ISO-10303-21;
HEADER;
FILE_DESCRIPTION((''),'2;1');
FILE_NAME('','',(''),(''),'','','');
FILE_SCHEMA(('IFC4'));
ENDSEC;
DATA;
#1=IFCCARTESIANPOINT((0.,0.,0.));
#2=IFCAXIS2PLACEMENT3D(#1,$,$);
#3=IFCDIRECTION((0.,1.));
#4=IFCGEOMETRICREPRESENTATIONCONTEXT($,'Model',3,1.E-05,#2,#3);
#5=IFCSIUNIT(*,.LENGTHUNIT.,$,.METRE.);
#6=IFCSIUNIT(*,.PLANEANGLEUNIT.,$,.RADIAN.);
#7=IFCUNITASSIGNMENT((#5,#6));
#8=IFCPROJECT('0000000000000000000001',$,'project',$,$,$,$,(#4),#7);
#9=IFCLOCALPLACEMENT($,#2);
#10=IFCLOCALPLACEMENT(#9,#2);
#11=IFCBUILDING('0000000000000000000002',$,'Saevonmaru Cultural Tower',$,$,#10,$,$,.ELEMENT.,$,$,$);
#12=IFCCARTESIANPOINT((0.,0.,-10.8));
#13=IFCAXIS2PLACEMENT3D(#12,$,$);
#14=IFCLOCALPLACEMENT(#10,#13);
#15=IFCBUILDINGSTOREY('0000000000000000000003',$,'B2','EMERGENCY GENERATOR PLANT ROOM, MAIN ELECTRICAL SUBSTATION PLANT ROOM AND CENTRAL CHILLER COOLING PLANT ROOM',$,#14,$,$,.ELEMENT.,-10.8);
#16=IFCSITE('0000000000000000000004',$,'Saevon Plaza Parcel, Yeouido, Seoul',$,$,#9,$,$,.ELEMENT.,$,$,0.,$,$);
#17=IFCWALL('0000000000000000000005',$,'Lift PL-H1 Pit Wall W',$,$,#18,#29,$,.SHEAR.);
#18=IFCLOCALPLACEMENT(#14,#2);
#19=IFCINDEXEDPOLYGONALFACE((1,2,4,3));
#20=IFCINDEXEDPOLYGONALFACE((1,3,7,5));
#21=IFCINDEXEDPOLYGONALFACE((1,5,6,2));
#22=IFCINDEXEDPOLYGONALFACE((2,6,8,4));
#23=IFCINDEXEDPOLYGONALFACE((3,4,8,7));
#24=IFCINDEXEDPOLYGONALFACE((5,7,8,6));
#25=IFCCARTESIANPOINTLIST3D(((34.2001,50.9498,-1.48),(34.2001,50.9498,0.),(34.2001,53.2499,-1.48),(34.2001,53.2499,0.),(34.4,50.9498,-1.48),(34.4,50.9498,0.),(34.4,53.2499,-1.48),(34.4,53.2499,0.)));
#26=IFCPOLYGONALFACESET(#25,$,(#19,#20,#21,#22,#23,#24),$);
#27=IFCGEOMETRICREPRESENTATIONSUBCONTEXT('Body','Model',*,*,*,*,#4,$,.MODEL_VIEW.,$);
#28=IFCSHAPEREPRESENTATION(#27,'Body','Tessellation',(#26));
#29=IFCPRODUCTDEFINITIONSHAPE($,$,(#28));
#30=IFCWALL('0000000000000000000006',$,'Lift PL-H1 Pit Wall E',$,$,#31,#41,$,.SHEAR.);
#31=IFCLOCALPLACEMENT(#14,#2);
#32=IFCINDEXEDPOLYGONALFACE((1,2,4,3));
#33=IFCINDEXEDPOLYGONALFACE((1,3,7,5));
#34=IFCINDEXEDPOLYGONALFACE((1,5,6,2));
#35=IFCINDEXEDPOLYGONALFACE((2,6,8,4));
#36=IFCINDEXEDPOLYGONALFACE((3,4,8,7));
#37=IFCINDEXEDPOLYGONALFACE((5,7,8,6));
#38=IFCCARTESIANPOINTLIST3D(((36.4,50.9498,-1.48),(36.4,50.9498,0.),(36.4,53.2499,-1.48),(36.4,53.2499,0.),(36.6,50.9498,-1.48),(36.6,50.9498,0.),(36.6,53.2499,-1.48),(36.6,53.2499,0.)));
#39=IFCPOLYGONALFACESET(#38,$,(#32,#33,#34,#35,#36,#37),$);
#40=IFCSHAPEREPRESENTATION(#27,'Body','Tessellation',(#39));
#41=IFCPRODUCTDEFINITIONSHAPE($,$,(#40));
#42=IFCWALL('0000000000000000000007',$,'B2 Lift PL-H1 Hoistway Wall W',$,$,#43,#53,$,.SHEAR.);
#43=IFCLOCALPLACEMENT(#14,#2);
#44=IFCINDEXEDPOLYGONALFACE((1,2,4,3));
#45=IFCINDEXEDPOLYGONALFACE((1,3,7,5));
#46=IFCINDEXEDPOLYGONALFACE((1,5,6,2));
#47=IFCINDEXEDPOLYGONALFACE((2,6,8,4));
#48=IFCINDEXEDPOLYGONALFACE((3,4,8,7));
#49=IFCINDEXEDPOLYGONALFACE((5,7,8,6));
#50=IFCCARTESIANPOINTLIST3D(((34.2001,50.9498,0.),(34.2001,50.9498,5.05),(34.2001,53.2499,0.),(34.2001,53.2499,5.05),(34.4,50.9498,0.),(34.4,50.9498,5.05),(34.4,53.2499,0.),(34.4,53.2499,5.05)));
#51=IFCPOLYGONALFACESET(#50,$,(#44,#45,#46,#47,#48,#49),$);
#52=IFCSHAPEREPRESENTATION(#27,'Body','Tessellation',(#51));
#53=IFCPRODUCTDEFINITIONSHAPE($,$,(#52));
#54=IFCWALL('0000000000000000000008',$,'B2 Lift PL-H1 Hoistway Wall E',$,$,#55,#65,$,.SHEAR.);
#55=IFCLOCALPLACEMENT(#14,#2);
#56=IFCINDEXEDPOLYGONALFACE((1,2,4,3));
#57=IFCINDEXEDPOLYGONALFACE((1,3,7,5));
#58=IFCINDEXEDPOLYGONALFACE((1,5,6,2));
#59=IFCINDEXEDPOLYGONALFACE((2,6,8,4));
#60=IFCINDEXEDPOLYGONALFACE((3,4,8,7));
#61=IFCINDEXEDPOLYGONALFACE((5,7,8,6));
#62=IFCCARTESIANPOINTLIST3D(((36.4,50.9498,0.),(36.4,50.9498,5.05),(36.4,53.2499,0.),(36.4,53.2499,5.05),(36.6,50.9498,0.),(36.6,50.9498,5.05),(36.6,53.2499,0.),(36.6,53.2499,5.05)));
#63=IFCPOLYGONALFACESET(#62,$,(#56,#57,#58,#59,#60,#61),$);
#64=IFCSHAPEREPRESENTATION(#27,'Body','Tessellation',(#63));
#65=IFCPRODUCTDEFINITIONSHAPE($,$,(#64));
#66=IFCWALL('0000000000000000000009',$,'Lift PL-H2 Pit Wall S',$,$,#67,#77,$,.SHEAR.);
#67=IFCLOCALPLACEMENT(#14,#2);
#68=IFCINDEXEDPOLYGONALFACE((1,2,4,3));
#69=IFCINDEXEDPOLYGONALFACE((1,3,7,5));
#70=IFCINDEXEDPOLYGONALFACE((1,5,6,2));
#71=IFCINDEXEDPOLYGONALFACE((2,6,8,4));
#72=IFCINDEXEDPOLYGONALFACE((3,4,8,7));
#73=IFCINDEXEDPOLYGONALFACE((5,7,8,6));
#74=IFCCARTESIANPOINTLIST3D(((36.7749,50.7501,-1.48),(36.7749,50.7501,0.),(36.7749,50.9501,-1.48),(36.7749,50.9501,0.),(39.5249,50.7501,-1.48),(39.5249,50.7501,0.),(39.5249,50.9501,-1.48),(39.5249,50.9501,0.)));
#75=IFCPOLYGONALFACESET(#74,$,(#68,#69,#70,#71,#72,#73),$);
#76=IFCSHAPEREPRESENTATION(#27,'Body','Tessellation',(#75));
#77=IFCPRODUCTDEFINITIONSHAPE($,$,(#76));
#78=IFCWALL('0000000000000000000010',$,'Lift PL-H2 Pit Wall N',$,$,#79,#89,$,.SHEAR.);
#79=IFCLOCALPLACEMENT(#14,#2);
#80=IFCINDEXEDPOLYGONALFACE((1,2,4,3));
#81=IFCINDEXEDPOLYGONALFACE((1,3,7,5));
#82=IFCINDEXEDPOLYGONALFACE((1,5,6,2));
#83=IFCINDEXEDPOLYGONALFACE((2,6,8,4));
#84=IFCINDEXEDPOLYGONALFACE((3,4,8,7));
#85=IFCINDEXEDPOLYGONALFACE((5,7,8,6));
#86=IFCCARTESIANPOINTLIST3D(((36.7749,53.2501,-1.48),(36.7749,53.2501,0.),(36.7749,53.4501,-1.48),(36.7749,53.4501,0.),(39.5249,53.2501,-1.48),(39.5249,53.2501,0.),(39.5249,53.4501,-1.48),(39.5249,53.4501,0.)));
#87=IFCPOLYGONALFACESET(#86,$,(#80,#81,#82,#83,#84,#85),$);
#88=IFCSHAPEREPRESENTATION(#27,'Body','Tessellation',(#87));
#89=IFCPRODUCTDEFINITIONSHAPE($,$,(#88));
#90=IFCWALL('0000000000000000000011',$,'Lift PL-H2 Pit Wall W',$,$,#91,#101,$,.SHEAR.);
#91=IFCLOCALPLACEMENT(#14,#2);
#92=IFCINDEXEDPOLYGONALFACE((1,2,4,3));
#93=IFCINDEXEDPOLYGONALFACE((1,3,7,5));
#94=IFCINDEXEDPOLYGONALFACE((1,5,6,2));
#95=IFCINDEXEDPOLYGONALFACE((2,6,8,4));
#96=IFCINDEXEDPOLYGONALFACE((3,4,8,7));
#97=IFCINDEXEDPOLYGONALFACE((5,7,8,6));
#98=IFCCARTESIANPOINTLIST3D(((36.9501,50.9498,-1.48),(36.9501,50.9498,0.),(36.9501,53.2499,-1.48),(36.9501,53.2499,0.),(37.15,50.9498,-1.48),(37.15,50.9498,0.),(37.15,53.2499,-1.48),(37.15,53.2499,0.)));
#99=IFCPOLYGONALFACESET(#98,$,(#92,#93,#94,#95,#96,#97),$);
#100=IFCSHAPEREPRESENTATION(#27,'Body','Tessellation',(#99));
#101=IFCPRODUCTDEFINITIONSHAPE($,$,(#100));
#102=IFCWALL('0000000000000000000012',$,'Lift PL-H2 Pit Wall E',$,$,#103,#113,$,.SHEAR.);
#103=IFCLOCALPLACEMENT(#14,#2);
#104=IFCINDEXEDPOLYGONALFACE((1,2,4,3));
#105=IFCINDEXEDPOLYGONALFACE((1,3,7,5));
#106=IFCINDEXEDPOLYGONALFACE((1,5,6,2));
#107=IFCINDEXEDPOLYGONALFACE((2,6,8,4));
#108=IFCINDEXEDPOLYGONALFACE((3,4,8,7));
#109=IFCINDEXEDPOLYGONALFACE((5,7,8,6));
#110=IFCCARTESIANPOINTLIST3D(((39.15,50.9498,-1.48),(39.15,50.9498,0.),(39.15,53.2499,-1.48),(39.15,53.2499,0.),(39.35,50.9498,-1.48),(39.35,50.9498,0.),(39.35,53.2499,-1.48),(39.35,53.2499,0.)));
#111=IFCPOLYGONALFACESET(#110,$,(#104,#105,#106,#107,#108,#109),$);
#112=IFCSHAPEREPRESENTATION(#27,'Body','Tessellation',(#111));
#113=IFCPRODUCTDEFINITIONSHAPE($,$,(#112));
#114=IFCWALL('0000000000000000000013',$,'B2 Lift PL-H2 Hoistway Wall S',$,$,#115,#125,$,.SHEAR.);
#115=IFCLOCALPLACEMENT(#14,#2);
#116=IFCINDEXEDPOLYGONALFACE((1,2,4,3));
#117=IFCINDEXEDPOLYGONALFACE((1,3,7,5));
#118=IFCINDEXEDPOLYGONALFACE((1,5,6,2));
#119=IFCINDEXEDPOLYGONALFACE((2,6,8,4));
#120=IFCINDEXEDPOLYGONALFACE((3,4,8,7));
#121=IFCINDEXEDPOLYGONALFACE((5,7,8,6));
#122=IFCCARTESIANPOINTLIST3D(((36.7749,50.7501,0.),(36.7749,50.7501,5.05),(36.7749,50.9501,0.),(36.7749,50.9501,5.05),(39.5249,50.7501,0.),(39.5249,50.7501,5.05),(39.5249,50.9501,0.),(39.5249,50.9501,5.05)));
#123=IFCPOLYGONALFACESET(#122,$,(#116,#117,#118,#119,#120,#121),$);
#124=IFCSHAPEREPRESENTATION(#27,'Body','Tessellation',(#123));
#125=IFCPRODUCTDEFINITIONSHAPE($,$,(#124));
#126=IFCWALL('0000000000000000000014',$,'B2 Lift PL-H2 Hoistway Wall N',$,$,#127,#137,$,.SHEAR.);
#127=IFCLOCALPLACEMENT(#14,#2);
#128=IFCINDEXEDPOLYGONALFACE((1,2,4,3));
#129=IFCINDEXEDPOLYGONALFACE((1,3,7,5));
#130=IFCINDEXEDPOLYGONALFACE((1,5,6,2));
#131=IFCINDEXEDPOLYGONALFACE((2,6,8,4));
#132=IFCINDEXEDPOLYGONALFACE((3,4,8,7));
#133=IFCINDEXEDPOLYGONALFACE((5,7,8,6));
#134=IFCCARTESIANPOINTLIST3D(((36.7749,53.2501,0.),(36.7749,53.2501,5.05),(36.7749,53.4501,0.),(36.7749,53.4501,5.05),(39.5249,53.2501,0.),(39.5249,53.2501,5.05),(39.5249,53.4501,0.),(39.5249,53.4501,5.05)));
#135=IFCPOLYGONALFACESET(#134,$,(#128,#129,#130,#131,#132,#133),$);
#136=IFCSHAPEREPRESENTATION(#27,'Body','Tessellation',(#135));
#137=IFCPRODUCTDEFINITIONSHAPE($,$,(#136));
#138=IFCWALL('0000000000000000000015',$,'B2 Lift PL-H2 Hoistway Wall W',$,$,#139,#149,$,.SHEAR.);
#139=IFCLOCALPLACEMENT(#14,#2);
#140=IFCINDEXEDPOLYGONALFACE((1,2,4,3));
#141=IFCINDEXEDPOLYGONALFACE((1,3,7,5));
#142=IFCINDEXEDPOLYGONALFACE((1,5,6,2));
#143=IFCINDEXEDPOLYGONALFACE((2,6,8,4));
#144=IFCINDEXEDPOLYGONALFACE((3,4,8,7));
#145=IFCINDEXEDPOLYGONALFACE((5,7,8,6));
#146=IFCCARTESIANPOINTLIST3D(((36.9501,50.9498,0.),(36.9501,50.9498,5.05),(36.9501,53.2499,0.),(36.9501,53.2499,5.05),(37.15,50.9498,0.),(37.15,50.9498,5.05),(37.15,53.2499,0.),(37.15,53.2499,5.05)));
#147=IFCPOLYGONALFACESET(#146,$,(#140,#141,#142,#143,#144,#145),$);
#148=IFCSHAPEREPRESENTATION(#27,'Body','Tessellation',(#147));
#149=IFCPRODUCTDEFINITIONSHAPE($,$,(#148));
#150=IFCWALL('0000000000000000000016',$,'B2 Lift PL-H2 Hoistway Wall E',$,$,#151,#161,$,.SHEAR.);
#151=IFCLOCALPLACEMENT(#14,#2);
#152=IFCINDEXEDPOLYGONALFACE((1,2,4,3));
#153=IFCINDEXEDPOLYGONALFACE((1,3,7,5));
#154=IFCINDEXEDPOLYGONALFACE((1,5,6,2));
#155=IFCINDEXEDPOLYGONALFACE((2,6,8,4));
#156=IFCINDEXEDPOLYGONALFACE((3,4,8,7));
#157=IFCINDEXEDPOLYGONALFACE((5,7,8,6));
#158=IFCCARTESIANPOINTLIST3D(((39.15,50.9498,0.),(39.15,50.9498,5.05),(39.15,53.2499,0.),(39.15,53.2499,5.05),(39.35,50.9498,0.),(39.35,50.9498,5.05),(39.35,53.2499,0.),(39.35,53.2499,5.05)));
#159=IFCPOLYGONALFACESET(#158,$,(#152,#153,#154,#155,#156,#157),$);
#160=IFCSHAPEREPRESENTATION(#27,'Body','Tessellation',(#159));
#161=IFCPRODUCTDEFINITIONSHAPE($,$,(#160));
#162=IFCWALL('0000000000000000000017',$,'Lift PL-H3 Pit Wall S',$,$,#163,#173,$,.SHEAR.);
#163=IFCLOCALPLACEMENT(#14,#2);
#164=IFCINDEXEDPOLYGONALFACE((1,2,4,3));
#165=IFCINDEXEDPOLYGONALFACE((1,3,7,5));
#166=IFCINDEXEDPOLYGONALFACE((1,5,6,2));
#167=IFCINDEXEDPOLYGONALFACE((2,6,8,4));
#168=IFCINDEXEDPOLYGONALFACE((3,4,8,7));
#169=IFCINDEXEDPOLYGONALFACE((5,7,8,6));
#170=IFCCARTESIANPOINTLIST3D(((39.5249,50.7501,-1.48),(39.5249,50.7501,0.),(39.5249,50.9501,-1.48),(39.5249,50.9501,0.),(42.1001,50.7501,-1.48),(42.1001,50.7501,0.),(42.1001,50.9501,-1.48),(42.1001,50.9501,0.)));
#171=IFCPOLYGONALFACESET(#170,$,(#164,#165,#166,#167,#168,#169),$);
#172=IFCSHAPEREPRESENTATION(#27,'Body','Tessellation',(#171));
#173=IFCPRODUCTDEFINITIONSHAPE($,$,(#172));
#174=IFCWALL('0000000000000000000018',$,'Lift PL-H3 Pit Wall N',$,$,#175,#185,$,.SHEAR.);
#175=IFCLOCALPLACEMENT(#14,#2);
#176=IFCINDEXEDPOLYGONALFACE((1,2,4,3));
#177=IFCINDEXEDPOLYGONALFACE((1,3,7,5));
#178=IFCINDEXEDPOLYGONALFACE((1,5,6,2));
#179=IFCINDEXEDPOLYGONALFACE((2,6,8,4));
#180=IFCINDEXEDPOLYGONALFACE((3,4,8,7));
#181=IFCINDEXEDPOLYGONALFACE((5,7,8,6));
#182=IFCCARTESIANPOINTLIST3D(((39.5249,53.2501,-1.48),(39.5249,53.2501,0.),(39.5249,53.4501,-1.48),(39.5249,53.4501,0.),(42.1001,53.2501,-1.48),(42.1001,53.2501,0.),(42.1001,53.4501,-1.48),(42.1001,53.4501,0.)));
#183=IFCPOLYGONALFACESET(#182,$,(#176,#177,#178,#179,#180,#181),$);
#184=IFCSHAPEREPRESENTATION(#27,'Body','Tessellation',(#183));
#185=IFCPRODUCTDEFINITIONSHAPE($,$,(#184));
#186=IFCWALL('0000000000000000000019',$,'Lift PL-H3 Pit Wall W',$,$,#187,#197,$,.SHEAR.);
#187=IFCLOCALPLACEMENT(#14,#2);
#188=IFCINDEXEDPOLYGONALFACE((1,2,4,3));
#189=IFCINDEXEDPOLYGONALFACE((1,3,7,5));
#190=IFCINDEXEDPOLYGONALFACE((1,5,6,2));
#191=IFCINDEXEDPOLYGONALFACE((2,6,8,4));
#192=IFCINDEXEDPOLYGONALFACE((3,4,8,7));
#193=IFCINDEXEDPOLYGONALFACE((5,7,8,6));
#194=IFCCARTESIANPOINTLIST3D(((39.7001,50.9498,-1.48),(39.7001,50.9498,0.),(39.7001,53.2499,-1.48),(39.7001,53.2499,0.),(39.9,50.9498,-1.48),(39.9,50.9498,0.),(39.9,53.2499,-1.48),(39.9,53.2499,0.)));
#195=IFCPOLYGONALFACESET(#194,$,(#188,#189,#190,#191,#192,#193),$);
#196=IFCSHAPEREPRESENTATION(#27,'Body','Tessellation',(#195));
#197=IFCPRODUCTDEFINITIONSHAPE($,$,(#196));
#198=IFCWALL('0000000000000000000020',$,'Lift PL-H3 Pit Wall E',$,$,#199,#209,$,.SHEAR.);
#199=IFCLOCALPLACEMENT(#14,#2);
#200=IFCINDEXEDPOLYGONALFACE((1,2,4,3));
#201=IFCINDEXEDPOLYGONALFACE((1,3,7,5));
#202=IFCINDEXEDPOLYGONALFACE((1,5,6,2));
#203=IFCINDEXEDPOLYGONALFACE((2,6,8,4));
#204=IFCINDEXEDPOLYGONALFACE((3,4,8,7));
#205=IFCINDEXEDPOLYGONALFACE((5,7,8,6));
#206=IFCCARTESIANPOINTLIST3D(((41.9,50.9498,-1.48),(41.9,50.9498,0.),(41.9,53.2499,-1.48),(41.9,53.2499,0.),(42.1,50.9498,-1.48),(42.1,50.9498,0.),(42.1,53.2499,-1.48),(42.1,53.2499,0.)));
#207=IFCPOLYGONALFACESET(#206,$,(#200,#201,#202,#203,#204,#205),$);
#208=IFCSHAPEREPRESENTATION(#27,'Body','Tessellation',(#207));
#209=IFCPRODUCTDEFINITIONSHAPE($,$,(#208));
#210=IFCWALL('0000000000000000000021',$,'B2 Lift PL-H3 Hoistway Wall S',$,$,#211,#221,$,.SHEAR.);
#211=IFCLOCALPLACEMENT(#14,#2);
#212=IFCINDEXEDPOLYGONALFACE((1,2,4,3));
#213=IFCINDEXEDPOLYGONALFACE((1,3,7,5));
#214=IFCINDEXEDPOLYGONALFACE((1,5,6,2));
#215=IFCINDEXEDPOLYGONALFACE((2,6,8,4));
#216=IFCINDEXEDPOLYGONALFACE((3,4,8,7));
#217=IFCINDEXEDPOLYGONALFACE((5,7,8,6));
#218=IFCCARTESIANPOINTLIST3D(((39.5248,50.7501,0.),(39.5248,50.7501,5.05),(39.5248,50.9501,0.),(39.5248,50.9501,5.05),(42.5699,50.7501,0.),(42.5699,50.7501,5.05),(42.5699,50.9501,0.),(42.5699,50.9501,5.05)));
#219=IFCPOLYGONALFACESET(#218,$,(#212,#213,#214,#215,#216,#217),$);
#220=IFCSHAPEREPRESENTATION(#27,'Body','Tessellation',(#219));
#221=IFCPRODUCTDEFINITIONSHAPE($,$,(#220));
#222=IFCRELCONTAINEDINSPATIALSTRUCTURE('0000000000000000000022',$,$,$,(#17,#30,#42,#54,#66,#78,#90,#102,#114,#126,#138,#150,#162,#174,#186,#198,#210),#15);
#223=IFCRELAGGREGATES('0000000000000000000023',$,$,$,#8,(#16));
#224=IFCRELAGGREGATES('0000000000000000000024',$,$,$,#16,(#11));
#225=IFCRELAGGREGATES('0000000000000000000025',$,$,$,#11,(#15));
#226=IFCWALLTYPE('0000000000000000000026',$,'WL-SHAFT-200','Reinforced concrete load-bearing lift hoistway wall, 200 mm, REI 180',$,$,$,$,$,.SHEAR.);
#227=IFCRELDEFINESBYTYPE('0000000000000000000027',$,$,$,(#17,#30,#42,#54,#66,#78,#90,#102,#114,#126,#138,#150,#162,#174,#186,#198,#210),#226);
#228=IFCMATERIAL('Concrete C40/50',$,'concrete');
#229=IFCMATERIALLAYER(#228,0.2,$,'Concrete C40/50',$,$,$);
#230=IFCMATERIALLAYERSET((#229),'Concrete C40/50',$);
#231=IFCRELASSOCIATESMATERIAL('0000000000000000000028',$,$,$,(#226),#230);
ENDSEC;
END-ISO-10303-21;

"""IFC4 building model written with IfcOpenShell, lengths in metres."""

from ifc_helpers import new_model, si_unit, direction, frame, frame_2d, origin, place, context, subcontext, project, spatial, rectangle, extrude, material, layer, layer_set, type_object, element, save


model = new_model("IFC4")

# Units and contexts
model_context = context("Model", 3, precision=1e-05, world=origin(), true_north=direction((0.0, 1.0)))
body_context = subcontext(model_context, "Body", "Model", "MODEL_VIEW")
ifc_project = project(units=[si_unit("LENGTHUNIT", "METRE"), si_unit("PLANEANGLEUNIT", "RADIAN")], contexts=[model_context])

# Site, building, storey
site_placement = place(None, origin())
site = spatial("IfcSite", under=ifc_project, at=site_placement, Name="Saevon Plaza Parcel, Yeouido, Seoul", CompositionType="ELEMENT", RefElevation=0.0)
building_placement = place(site_placement, origin())
building = spatial("IfcBuilding", under=site, at=building_placement, Name="Saevonmaru Cultural Tower", CompositionType="ELEMENT")
storey_placement = place(building_placement, frame((0.0, 0.0, -10.8)))
storey = spatial("IfcBuildingStorey", under=building, at=storey_placement, Name="B2", Description="EMERGENCY GENERATOR PLANT ROOM, MAIN ELECTRICAL SUBSTATION PLANT ROOM AND CENTRAL CHILLER COOLING PLANT ROOM", CompositionType="ELEMENT", Elevation=-10.8)

# Walls
ifc_material_1 = material(Name="Concrete C40/50", Category="concrete")
ifc_layer_1 = layer(ifc_material_1, 0.2, Name="Concrete C40/50")
ifc_layer_set_1 = layer_set([ifc_layer_1], Name="Concrete C40/50")
wall_type_1 = type_object("IfcWallType", Name="WL-SHAFT-200", Description="Reinforced concrete load-bearing lift hoistway wall, 200 mm, REI 180", PredefinedType="SHEAR", material=ifc_layer_set_1)
for number, where, z_axis, x_axis, name in (
    (1, (34.3, 50.95, -1.48), (0.0, 0.0, 1.0), (0.0, 1.0, 0.0), "Lift PL-H1 Pit Wall W"),
    (2, (36.5, 50.95, -1.48), (0.0, 0.0, 1.0), (0.0, 1.0, 0.0), "Lift PL-H1 Pit Wall E"),
):
    element("IfcWall", number, at=place(storey_placement, frame(where, z_axis=z_axis, x_axis=x_axis)), inside=storey, type_object=wall_type_1, Name=name, PredefinedType="SHEAR", context=body_context, shape_type="SweptSolid", body=[
        extrude(rectangle(XDim=2.3, YDim=0.2, at=frame_2d((1.1499, 0.0))), origin(), (0.0, 0.0, 1.0), 1.48),
    ])
for number, where, z_axis, x_axis, name in (
    (3, (34.3, 50.95, 0.0), (0.0, 0.0, 1.0), (0.0, 1.0, 0.0), "B2 Lift PL-H1 Hoistway Wall W"),
    (4, (36.5, 50.95, 0.0), (0.0, 0.0, 1.0), (0.0, 1.0, 0.0), "B2 Lift PL-H1 Hoistway Wall E"),
):
    element("IfcWall", number, at=place(storey_placement, frame(where, z_axis=z_axis, x_axis=x_axis)), inside=storey, type_object=wall_type_1, Name=name, PredefinedType="SHEAR", context=body_context, shape_type="SweptSolid", body=[
        extrude(rectangle(XDim=2.3, YDim=0.2, at=frame_2d((1.1499, 0.0))), origin(), (0.0, 0.0, 1.0), 5.05),
    ])
for number, where, z_axis, x_axis, name in (
    (5, (36.7749, 50.8501, -1.48), (0.0, 0.0, 1.0), (1.0, 0.0, 0.0), "Lift PL-H2 Pit Wall S"),
    (6, (36.7749, 53.3501, -1.48), (0.0, 0.0, 1.0), (1.0, 0.0, 0.0), "Lift PL-H2 Pit Wall N"),
):
    element("IfcWall", number, at=place(storey_placement, frame(where, z_axis=z_axis, x_axis=x_axis)), inside=storey, type_object=wall_type_1, Name=name, PredefinedType="SHEAR", context=body_context, shape_type="SweptSolid", body=[
        extrude(rectangle(XDim=2.75, YDim=0.2, at=frame_2d((1.375, 0.0))), origin(), (0.0, 0.0, 1.0), 1.48),
    ])
for number, where, z_axis, x_axis, name in (
    (7, (37.05, 50.95, -1.48), (0.0, 0.0, 1.0), (0.0, 1.0, 0.0), "Lift PL-H2 Pit Wall W"),
    (8, (39.25, 50.95, -1.48), (0.0, 0.0, 1.0), (0.0, 1.0, 0.0), "Lift PL-H2 Pit Wall E"),
):
    element("IfcWall", number, at=place(storey_placement, frame(where, z_axis=z_axis, x_axis=x_axis)), inside=storey, type_object=wall_type_1, Name=name, PredefinedType="SHEAR", context=body_context, shape_type="SweptSolid", body=[
        extrude(rectangle(XDim=2.3, YDim=0.2, at=frame_2d((1.1499, 0.0))), origin(), (0.0, 0.0, 1.0), 1.48),
    ])
for number, where, z_axis, x_axis, name in (
    (9, (36.7749, 50.8501, 0.0), (0.0, 0.0, 1.0), (1.0, 0.0, 0.0), "B2 Lift PL-H2 Hoistway Wall S"),
    (10, (36.7749, 53.3501, 0.0), (0.0, 0.0, 1.0), (1.0, 0.0, 0.0), "B2 Lift PL-H2 Hoistway Wall N"),
):
    element("IfcWall", number, at=place(storey_placement, frame(where, z_axis=z_axis, x_axis=x_axis)), inside=storey, type_object=wall_type_1, Name=name, PredefinedType="SHEAR", context=body_context, shape_type="SweptSolid", body=[
        extrude(rectangle(XDim=2.75, YDim=0.2, at=frame_2d((1.375, 0.0))), origin(), (0.0, 0.0, 1.0), 5.05),
    ])
for number, where, z_axis, x_axis, name in (
    (11, (37.05, 50.95, 0.0), (0.0, 0.0, 1.0), (0.0, 1.0, 0.0), "B2 Lift PL-H2 Hoistway Wall W"),
    (12, (39.25, 50.95, 0.0), (0.0, 0.0, 1.0), (0.0, 1.0, 0.0), "B2 Lift PL-H2 Hoistway Wall E"),
):
    element("IfcWall", number, at=place(storey_placement, frame(where, z_axis=z_axis, x_axis=x_axis)), inside=storey, type_object=wall_type_1, Name=name, PredefinedType="SHEAR", context=body_context, shape_type="SweptSolid", body=[
        extrude(rectangle(XDim=2.3, YDim=0.2, at=frame_2d((1.1499, 0.0))), origin(), (0.0, 0.0, 1.0), 5.05),
    ])
for number, where, z_axis, x_axis, name in (
    (13, (39.5249, 50.8501, -1.48), (0.0, 0.0, 1.0), (1.0, 0.0, 0.0), "Lift PL-H3 Pit Wall S"),
    (14, (39.5249, 53.3501, -1.48), (0.0, 0.0, 1.0), (1.0, 0.0, 0.0), "Lift PL-H3 Pit Wall N"),
):
    element("IfcWall", number, at=place(storey_placement, frame(where, z_axis=z_axis, x_axis=x_axis)), inside=storey, type_object=wall_type_1, Name=name, PredefinedType="SHEAR", context=body_context, shape_type="SweptSolid", body=[
        extrude(rectangle(XDim=2.5752, YDim=0.2, at=frame_2d((1.2876, 0.0))), origin(), (0.0, 0.0, 1.0), 1.48),
    ])
for number, where, z_axis, x_axis, name in (
    (15, (39.8, 50.95, -1.48), (0.0, 0.0, 1.0), (0.0, 1.0, 0.0), "Lift PL-H3 Pit Wall W"),
    (16, (42.0, 50.95, -1.48), (0.0, 0.0, 1.0), (0.0, 1.0, 0.0), "Lift PL-H3 Pit Wall E"),
):
    element("IfcWall", number, at=place(storey_placement, frame(where, z_axis=z_axis, x_axis=x_axis)), inside=storey, type_object=wall_type_1, Name=name, PredefinedType="SHEAR", context=body_context, shape_type="SweptSolid", body=[
        extrude(rectangle(XDim=2.3, YDim=0.2, at=frame_2d((1.1499, 0.0))), origin(), (0.0, 0.0, 1.0), 1.48),
    ])
for number, where, z_axis, x_axis, name in (
    (17, (39.5249, 50.8501, 0.0), (0.0, 0.0, 1.0), (1.0, 0.0, 0.0), "B2 Lift PL-H3 Hoistway Wall S"),
):
    element("IfcWall", number, at=place(storey_placement, frame(where, z_axis=z_axis, x_axis=x_axis)), inside=storey, type_object=wall_type_1, Name=name, PredefinedType="SHEAR", context=body_context, shape_type="SweptSolid", body=[
        extrude(rectangle(XDim=3.0452, YDim=0.2, at=frame_2d((1.5225, 0.0))), origin(), (0.0, 0.0, 1.0), 5.05),
    ])

save(model, "model.ifc")
